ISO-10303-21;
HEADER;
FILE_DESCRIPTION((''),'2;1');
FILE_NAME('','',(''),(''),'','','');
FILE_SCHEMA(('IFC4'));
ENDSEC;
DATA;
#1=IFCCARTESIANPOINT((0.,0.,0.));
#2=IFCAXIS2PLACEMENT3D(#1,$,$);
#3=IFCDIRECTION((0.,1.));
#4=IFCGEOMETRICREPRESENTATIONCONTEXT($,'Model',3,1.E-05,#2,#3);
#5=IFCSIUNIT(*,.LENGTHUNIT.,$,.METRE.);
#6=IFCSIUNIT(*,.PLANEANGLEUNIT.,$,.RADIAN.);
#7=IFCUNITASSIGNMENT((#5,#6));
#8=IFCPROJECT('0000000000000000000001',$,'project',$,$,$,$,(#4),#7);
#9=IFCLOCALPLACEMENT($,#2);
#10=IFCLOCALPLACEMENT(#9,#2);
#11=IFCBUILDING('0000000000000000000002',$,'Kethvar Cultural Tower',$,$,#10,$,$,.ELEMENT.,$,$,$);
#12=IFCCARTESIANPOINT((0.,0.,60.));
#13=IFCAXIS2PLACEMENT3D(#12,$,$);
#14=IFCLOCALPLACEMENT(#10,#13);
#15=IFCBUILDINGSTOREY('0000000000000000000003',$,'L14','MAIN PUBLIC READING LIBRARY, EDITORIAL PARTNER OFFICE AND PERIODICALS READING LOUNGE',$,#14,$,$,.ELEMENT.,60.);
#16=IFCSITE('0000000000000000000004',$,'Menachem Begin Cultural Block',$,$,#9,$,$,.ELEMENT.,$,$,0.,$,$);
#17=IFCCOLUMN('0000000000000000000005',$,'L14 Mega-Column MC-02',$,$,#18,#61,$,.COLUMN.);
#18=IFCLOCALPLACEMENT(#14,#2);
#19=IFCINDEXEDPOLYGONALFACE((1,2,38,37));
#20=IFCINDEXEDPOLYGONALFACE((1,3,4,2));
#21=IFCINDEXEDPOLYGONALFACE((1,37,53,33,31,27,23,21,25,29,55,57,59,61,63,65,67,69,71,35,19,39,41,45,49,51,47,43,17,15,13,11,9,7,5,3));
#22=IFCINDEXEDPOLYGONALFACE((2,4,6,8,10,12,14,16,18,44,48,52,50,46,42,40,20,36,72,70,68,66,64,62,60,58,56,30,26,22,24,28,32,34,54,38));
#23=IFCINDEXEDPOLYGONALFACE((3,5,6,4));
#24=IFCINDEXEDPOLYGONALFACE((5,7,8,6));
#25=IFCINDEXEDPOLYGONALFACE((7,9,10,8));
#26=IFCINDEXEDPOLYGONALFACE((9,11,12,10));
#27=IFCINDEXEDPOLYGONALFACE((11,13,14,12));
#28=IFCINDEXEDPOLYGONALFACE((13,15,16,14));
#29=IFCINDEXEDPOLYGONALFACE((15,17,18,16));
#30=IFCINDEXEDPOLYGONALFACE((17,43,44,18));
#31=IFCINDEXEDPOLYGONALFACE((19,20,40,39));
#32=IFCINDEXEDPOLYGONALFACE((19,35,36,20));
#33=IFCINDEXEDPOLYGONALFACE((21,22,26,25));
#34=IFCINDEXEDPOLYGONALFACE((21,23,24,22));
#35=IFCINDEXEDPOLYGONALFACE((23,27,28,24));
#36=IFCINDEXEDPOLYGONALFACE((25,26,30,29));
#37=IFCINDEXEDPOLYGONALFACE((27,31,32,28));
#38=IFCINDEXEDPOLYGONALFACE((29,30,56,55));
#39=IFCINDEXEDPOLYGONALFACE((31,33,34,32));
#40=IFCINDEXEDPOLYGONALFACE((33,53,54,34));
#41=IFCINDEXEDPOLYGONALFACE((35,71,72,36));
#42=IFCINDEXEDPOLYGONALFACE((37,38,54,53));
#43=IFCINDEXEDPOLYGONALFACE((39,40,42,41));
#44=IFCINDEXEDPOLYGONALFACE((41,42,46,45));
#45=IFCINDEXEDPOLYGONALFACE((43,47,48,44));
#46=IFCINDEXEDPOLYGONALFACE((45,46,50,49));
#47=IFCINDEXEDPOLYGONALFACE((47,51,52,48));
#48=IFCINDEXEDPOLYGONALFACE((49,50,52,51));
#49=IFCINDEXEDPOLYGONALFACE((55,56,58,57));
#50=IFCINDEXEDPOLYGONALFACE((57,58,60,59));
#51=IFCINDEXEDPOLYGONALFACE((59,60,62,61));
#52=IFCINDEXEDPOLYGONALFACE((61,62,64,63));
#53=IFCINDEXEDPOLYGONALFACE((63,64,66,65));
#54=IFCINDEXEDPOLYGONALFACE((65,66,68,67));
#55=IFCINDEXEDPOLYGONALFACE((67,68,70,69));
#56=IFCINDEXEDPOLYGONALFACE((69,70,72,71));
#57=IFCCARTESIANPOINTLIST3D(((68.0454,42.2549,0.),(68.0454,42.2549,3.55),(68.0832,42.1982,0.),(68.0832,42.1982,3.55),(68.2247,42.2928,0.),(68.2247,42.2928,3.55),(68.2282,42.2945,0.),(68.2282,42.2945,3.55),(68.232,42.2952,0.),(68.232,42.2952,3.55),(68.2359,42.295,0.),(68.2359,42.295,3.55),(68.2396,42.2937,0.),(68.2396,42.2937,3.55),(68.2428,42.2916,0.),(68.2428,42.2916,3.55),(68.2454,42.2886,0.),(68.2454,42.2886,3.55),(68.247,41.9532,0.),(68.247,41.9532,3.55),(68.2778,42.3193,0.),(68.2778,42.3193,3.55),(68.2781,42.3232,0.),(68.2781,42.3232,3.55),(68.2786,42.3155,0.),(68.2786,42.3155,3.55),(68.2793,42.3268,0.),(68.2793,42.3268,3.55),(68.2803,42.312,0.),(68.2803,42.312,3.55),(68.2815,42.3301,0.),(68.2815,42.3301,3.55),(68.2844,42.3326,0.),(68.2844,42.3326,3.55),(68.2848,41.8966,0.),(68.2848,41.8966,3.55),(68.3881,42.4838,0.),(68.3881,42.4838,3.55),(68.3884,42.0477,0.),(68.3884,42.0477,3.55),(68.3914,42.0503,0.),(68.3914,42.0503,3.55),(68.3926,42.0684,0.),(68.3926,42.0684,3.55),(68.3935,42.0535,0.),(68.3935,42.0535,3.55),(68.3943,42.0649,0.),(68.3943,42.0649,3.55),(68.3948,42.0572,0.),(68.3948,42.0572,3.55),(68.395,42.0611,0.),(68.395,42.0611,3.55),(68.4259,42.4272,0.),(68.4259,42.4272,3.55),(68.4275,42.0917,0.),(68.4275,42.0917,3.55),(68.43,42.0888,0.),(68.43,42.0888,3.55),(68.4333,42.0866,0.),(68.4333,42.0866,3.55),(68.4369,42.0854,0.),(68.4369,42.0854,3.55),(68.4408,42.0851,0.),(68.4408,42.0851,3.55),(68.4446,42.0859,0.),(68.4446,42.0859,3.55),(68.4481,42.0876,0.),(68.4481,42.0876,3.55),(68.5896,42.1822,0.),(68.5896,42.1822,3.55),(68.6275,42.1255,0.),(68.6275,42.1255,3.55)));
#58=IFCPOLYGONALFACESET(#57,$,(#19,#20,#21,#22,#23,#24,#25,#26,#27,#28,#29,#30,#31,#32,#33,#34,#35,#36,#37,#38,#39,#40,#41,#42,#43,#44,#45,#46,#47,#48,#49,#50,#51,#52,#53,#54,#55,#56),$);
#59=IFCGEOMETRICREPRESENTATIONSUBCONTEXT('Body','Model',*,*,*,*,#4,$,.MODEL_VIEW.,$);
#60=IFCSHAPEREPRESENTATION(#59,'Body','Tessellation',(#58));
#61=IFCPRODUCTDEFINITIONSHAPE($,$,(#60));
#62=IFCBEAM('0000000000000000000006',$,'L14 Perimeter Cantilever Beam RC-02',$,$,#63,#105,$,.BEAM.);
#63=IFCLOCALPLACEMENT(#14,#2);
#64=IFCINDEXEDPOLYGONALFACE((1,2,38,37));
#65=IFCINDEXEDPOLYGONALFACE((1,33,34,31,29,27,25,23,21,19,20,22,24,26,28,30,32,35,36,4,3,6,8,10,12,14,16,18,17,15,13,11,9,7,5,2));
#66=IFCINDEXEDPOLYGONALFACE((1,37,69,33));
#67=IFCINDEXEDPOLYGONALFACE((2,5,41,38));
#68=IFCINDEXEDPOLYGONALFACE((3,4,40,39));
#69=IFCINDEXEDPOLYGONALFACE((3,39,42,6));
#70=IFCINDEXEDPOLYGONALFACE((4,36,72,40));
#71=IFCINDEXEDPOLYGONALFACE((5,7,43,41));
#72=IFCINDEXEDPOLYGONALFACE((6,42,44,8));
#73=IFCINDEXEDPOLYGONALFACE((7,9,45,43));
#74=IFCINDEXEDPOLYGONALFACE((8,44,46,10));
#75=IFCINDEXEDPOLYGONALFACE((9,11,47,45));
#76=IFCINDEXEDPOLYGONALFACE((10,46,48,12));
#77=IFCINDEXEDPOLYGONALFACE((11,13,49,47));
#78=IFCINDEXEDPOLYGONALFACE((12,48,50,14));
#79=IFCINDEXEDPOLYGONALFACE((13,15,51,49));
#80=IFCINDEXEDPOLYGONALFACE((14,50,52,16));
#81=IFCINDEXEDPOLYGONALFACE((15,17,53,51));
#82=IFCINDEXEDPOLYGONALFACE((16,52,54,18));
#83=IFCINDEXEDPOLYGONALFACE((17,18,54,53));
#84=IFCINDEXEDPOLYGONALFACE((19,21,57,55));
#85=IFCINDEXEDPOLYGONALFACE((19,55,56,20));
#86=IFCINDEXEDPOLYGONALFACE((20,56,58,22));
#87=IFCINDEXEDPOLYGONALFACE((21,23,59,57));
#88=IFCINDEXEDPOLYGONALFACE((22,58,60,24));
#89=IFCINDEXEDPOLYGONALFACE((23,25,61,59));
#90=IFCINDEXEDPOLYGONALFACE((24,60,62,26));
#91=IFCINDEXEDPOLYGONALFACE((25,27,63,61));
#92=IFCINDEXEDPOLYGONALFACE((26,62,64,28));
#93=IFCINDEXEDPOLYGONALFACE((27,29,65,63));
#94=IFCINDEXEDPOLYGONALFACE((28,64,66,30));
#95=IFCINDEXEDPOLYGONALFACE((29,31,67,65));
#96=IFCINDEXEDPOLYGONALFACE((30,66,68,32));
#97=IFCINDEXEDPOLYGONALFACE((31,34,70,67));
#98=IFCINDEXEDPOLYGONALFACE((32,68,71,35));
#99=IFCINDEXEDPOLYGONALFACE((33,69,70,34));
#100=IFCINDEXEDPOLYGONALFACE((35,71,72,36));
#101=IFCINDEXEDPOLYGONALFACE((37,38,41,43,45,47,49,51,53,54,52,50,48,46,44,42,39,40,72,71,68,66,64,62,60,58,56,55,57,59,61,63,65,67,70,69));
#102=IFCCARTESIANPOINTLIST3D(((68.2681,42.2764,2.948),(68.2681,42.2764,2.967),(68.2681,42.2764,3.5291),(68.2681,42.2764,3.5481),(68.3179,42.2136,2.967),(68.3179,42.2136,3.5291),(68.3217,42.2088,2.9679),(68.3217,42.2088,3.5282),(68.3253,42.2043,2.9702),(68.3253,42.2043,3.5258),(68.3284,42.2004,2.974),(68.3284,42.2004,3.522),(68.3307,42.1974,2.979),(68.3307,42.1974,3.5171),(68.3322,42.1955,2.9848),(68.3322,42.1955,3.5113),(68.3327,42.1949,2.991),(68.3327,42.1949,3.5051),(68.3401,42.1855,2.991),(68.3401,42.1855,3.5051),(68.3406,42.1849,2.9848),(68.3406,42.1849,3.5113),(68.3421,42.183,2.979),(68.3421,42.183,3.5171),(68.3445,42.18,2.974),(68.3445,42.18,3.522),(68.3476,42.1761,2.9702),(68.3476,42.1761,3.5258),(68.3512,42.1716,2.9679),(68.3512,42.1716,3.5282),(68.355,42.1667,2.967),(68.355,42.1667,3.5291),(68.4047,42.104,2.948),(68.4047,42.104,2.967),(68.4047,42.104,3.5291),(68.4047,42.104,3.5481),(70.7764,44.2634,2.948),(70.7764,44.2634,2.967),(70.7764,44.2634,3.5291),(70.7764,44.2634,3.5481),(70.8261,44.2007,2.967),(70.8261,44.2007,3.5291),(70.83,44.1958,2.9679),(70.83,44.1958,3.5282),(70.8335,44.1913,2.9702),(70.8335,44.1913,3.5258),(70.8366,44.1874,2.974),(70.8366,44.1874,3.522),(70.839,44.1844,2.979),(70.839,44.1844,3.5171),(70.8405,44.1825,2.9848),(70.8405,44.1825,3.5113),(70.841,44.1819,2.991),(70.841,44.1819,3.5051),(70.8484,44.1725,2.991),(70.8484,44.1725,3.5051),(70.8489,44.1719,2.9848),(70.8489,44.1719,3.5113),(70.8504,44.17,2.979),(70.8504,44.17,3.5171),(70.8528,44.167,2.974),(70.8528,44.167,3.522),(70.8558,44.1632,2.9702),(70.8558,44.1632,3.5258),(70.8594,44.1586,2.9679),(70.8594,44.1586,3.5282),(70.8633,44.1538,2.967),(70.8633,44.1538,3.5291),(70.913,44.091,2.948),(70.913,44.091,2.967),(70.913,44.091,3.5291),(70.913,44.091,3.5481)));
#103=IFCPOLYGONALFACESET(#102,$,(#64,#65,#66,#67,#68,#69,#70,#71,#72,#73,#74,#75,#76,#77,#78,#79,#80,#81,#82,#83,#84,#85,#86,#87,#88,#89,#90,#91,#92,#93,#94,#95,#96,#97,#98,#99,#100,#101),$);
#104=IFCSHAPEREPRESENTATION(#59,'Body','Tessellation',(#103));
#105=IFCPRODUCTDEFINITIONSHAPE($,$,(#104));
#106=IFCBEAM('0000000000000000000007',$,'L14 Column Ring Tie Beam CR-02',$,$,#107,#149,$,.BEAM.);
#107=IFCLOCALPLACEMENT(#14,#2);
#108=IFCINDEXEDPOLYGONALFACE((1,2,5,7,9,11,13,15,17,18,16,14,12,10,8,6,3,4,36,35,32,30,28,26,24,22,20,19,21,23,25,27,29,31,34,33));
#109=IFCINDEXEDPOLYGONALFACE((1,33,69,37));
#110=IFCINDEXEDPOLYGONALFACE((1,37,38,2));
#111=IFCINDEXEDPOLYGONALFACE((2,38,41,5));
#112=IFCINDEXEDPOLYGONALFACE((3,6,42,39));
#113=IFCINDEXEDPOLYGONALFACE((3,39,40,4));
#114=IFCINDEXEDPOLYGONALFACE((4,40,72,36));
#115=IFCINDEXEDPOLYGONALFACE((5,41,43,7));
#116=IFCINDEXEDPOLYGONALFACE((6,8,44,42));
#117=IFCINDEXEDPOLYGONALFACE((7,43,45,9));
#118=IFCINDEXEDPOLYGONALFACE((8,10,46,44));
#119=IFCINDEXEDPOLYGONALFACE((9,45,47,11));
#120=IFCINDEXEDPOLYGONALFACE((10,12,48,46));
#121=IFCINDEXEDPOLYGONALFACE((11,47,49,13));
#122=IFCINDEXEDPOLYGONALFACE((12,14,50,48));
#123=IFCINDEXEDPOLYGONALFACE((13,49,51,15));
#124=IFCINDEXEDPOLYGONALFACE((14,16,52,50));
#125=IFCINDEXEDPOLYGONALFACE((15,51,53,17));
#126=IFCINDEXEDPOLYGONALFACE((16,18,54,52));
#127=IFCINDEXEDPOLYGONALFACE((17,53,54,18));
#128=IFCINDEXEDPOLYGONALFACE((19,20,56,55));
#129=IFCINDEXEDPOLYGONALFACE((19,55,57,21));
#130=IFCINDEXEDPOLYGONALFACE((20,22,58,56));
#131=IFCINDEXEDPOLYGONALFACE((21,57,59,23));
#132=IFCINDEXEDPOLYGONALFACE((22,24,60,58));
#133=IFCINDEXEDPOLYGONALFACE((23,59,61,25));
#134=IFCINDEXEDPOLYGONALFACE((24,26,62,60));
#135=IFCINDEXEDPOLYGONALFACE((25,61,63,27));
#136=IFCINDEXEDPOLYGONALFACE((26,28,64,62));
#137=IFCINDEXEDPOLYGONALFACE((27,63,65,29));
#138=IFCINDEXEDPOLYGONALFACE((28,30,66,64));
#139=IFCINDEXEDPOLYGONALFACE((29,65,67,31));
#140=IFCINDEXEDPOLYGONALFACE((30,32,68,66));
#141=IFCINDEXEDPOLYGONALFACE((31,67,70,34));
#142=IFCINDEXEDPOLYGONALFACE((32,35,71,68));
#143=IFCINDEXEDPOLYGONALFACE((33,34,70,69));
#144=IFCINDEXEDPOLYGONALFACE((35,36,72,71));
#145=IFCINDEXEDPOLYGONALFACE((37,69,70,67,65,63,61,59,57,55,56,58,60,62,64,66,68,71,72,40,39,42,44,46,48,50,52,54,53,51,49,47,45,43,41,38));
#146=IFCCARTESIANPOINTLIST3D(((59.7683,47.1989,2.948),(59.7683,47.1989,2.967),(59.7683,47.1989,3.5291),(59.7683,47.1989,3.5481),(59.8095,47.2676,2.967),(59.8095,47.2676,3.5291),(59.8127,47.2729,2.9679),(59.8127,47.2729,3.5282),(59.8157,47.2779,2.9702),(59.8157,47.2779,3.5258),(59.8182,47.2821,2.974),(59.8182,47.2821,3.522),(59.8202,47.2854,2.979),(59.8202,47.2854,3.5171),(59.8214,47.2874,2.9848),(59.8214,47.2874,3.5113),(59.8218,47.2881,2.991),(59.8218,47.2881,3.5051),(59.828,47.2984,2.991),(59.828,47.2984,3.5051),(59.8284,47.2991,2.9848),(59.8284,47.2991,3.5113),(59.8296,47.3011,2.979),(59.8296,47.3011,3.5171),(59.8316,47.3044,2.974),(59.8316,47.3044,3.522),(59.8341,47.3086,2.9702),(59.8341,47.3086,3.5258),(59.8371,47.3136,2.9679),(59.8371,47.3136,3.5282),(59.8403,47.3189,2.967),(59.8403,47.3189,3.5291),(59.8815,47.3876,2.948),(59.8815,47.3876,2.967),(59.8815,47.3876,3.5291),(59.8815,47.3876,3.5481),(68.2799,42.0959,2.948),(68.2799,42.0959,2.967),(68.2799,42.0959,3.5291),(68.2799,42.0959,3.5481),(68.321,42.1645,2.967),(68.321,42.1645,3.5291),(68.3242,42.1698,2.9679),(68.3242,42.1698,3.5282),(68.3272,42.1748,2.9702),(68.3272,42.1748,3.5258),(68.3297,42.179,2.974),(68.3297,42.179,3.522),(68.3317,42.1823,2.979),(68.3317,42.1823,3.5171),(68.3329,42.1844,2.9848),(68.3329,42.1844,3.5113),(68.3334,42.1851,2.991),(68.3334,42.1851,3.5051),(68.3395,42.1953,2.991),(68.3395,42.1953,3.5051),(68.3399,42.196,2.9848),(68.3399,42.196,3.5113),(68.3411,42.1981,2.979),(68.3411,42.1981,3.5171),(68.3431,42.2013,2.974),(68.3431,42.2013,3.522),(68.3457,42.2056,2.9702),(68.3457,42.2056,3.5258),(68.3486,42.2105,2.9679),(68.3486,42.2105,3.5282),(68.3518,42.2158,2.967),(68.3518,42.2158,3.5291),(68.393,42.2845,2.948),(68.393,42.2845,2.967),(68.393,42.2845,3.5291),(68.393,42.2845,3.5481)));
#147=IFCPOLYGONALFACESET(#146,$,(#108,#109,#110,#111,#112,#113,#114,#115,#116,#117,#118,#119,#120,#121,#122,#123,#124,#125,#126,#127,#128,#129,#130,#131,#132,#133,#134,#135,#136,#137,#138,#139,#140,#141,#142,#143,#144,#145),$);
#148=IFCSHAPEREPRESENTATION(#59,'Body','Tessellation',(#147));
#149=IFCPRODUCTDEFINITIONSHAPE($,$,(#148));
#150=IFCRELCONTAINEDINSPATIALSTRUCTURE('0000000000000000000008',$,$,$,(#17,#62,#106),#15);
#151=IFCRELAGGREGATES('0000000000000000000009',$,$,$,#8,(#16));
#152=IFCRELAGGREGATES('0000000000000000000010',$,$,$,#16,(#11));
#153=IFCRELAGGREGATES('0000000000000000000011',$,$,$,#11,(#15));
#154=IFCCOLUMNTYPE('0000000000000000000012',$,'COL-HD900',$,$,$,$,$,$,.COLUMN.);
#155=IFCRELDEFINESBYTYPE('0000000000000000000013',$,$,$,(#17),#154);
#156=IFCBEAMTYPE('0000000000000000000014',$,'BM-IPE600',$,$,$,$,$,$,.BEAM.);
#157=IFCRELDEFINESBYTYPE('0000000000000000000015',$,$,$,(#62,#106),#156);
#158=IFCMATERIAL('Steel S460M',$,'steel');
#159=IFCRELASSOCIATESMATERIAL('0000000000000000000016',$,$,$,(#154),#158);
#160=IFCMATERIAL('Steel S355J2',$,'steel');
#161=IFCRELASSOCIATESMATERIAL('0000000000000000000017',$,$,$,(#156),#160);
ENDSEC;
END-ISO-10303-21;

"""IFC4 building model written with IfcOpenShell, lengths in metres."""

from ifc_helpers import new_model, si_unit, direction, frame, origin, origin_2d, place, context, subcontext, project, spatial, i_section, extrude, source, transform, mapped, material, material_profile, profile_set, type_object, element, save


model = new_model("IFC4")

# Units and contexts
model_context = context("Model", 3, precision=1e-05, world=origin(), true_north=direction((0.0, 1.0)))
body_context = subcontext(model_context, "Body", "Model", "MODEL_VIEW")
ifc_project = project(units=[si_unit("LENGTHUNIT", "METRE"), si_unit("PLANEANGLEUNIT", "RADIAN")], contexts=[model_context])

# Site, building, storey
site_placement = place(None, origin())
site = spatial("IfcSite", under=ifc_project, at=site_placement, Name="Menachem Begin Cultural Block", CompositionType="ELEMENT", RefElevation=0.0)
building_placement = place(site_placement, origin())
building = spatial("IfcBuilding", under=site, at=building_placement, Name="Kethvar Cultural Tower", CompositionType="ELEMENT")
storey_placement = place(building_placement, frame((0.0, 0.0, 60.0)))
storey = spatial("IfcBuildingStorey", under=building, at=storey_placement, Name="L14", Description="MAIN PUBLIC READING LIBRARY, EDITORIAL PARTNER OFFICE AND PERIODICALS READING LOUNGE", CompositionType="ELEMENT", Elevation=60.0)

# Column
ifc_material_1 = material(Name="Steel S460M", Category="steel")
ifc_material_profile_1 = material_profile(ifc_material_1, i_section(OverallWidth=0.4121, OverallDepth=0.4309, WebThickness=0.042, FlangeThickness=0.0681, FilletRadius=0.0149, at=origin_2d()), Name="Steel S460M — HD400x900")
ifc_profile_set_1 = profile_set([ifc_material_profile_1], Name="Steel S460M — HD400x900")
column_type = type_object("IfcColumnType", Name="COL-HD900", PredefinedType="COLUMN", material=ifc_profile_set_1)
shared_shape_1 = source(origin(), body_context, "Body", "SweptSolid", [
    extrude(i_section(OverallWidth=0.4121, OverallDepth=0.4309, WebThickness=0.042, FlangeThickness=0.0681, FilletRadius=0.0149, at=origin_2d()), origin(), (0.0, 0.0, 1.0), 3.55),
])
column_placement = place(storey_placement, frame((68.3364, 42.1902, 0.0), z_axis=(0.0, 0.0, 1.0), x_axis=(0.83147, 0.55557, 0.0)))
element("IfcColumn", 1, at=column_placement, inside=storey, type_object=column_type, Name="L14 Mega-Column MC-02", PredefinedType="COLUMN", context=body_context, shape_type="MappedRepresentation", body=[
    mapped(shared_shape_1, transform((0.0, 0.0, 0.0), scale=1.0)),
])

# Beams
ifc_material_2 = material(Name="Steel S355J2", Category="steel")
ifc_material_profile_2 = material_profile(ifc_material_2, i_section(OverallWidth=0.22, OverallDepth=0.6001, WebThickness=0.012, FlangeThickness=0.019, FilletRadius=0.0239, at=origin_2d()), Name="Steel S355J2 — IPE600")
ifc_profile_set_2 = profile_set([ifc_material_profile_2], Name="Steel S355J2 — IPE600")
beam_type_1 = type_object("IfcBeamType", Name="BM-IPE600", PredefinedType="BEAM", material=ifc_profile_set_2)
shared_shape_2 = source(origin(), body_context, "Body", "SweptSolid", [
    extrude(i_section(OverallWidth=0.22, OverallDepth=0.6001, WebThickness=0.012, FlangeThickness=0.019, FilletRadius=0.0239, at=origin_2d()), origin(), (0.0, 0.0, 1.0), 3.2),
])
beam_1_placement = place(storey_placement, frame((68.3364, 42.1902, 3.248), z_axis=(0.783845, 0.620957, 0.0), x_axis=(-0.620957, 0.783845, 0.0)))
element("IfcBeam", 2, at=beam_1_placement, inside=storey, type_object=beam_type_1, Name="L14 Perimeter Cantilever Beam RC-02", PredefinedType="BEAM", context=body_context, shape_type="MappedRepresentation", body=[
    mapped(shared_shape_2, transform((0.0, 0.0, 0.0), scale=1.0)),
])
shared_shape_3 = source(origin(), body_context, "Body", "SweptSolid", [
    extrude(i_section(OverallWidth=0.22, OverallDepth=0.6001, WebThickness=0.012, FlangeThickness=0.019, FilletRadius=0.0239, at=origin_2d()), origin(), (0.0, 0.0, 1.0), 9.9241),
])
beam_2_placement = place(storey_placement, frame((68.3364, 42.1902, 3.248), z_axis=(-0.857664, 0.51421, 0.0), x_axis=(-0.51421, -0.857664, 0.0)))
element("IfcBeam", 3, at=beam_2_placement, inside=storey, type_object=beam_type_1, Name="L14 Column Ring Tie Beam CR-02", PredefinedType="BEAM", context=body_context, shape_type="MappedRepresentation", body=[
    mapped(shared_shape_3, transform((0.0, 0.0, 0.0), scale=1.0)),
])

save(model, "model.ifc")
